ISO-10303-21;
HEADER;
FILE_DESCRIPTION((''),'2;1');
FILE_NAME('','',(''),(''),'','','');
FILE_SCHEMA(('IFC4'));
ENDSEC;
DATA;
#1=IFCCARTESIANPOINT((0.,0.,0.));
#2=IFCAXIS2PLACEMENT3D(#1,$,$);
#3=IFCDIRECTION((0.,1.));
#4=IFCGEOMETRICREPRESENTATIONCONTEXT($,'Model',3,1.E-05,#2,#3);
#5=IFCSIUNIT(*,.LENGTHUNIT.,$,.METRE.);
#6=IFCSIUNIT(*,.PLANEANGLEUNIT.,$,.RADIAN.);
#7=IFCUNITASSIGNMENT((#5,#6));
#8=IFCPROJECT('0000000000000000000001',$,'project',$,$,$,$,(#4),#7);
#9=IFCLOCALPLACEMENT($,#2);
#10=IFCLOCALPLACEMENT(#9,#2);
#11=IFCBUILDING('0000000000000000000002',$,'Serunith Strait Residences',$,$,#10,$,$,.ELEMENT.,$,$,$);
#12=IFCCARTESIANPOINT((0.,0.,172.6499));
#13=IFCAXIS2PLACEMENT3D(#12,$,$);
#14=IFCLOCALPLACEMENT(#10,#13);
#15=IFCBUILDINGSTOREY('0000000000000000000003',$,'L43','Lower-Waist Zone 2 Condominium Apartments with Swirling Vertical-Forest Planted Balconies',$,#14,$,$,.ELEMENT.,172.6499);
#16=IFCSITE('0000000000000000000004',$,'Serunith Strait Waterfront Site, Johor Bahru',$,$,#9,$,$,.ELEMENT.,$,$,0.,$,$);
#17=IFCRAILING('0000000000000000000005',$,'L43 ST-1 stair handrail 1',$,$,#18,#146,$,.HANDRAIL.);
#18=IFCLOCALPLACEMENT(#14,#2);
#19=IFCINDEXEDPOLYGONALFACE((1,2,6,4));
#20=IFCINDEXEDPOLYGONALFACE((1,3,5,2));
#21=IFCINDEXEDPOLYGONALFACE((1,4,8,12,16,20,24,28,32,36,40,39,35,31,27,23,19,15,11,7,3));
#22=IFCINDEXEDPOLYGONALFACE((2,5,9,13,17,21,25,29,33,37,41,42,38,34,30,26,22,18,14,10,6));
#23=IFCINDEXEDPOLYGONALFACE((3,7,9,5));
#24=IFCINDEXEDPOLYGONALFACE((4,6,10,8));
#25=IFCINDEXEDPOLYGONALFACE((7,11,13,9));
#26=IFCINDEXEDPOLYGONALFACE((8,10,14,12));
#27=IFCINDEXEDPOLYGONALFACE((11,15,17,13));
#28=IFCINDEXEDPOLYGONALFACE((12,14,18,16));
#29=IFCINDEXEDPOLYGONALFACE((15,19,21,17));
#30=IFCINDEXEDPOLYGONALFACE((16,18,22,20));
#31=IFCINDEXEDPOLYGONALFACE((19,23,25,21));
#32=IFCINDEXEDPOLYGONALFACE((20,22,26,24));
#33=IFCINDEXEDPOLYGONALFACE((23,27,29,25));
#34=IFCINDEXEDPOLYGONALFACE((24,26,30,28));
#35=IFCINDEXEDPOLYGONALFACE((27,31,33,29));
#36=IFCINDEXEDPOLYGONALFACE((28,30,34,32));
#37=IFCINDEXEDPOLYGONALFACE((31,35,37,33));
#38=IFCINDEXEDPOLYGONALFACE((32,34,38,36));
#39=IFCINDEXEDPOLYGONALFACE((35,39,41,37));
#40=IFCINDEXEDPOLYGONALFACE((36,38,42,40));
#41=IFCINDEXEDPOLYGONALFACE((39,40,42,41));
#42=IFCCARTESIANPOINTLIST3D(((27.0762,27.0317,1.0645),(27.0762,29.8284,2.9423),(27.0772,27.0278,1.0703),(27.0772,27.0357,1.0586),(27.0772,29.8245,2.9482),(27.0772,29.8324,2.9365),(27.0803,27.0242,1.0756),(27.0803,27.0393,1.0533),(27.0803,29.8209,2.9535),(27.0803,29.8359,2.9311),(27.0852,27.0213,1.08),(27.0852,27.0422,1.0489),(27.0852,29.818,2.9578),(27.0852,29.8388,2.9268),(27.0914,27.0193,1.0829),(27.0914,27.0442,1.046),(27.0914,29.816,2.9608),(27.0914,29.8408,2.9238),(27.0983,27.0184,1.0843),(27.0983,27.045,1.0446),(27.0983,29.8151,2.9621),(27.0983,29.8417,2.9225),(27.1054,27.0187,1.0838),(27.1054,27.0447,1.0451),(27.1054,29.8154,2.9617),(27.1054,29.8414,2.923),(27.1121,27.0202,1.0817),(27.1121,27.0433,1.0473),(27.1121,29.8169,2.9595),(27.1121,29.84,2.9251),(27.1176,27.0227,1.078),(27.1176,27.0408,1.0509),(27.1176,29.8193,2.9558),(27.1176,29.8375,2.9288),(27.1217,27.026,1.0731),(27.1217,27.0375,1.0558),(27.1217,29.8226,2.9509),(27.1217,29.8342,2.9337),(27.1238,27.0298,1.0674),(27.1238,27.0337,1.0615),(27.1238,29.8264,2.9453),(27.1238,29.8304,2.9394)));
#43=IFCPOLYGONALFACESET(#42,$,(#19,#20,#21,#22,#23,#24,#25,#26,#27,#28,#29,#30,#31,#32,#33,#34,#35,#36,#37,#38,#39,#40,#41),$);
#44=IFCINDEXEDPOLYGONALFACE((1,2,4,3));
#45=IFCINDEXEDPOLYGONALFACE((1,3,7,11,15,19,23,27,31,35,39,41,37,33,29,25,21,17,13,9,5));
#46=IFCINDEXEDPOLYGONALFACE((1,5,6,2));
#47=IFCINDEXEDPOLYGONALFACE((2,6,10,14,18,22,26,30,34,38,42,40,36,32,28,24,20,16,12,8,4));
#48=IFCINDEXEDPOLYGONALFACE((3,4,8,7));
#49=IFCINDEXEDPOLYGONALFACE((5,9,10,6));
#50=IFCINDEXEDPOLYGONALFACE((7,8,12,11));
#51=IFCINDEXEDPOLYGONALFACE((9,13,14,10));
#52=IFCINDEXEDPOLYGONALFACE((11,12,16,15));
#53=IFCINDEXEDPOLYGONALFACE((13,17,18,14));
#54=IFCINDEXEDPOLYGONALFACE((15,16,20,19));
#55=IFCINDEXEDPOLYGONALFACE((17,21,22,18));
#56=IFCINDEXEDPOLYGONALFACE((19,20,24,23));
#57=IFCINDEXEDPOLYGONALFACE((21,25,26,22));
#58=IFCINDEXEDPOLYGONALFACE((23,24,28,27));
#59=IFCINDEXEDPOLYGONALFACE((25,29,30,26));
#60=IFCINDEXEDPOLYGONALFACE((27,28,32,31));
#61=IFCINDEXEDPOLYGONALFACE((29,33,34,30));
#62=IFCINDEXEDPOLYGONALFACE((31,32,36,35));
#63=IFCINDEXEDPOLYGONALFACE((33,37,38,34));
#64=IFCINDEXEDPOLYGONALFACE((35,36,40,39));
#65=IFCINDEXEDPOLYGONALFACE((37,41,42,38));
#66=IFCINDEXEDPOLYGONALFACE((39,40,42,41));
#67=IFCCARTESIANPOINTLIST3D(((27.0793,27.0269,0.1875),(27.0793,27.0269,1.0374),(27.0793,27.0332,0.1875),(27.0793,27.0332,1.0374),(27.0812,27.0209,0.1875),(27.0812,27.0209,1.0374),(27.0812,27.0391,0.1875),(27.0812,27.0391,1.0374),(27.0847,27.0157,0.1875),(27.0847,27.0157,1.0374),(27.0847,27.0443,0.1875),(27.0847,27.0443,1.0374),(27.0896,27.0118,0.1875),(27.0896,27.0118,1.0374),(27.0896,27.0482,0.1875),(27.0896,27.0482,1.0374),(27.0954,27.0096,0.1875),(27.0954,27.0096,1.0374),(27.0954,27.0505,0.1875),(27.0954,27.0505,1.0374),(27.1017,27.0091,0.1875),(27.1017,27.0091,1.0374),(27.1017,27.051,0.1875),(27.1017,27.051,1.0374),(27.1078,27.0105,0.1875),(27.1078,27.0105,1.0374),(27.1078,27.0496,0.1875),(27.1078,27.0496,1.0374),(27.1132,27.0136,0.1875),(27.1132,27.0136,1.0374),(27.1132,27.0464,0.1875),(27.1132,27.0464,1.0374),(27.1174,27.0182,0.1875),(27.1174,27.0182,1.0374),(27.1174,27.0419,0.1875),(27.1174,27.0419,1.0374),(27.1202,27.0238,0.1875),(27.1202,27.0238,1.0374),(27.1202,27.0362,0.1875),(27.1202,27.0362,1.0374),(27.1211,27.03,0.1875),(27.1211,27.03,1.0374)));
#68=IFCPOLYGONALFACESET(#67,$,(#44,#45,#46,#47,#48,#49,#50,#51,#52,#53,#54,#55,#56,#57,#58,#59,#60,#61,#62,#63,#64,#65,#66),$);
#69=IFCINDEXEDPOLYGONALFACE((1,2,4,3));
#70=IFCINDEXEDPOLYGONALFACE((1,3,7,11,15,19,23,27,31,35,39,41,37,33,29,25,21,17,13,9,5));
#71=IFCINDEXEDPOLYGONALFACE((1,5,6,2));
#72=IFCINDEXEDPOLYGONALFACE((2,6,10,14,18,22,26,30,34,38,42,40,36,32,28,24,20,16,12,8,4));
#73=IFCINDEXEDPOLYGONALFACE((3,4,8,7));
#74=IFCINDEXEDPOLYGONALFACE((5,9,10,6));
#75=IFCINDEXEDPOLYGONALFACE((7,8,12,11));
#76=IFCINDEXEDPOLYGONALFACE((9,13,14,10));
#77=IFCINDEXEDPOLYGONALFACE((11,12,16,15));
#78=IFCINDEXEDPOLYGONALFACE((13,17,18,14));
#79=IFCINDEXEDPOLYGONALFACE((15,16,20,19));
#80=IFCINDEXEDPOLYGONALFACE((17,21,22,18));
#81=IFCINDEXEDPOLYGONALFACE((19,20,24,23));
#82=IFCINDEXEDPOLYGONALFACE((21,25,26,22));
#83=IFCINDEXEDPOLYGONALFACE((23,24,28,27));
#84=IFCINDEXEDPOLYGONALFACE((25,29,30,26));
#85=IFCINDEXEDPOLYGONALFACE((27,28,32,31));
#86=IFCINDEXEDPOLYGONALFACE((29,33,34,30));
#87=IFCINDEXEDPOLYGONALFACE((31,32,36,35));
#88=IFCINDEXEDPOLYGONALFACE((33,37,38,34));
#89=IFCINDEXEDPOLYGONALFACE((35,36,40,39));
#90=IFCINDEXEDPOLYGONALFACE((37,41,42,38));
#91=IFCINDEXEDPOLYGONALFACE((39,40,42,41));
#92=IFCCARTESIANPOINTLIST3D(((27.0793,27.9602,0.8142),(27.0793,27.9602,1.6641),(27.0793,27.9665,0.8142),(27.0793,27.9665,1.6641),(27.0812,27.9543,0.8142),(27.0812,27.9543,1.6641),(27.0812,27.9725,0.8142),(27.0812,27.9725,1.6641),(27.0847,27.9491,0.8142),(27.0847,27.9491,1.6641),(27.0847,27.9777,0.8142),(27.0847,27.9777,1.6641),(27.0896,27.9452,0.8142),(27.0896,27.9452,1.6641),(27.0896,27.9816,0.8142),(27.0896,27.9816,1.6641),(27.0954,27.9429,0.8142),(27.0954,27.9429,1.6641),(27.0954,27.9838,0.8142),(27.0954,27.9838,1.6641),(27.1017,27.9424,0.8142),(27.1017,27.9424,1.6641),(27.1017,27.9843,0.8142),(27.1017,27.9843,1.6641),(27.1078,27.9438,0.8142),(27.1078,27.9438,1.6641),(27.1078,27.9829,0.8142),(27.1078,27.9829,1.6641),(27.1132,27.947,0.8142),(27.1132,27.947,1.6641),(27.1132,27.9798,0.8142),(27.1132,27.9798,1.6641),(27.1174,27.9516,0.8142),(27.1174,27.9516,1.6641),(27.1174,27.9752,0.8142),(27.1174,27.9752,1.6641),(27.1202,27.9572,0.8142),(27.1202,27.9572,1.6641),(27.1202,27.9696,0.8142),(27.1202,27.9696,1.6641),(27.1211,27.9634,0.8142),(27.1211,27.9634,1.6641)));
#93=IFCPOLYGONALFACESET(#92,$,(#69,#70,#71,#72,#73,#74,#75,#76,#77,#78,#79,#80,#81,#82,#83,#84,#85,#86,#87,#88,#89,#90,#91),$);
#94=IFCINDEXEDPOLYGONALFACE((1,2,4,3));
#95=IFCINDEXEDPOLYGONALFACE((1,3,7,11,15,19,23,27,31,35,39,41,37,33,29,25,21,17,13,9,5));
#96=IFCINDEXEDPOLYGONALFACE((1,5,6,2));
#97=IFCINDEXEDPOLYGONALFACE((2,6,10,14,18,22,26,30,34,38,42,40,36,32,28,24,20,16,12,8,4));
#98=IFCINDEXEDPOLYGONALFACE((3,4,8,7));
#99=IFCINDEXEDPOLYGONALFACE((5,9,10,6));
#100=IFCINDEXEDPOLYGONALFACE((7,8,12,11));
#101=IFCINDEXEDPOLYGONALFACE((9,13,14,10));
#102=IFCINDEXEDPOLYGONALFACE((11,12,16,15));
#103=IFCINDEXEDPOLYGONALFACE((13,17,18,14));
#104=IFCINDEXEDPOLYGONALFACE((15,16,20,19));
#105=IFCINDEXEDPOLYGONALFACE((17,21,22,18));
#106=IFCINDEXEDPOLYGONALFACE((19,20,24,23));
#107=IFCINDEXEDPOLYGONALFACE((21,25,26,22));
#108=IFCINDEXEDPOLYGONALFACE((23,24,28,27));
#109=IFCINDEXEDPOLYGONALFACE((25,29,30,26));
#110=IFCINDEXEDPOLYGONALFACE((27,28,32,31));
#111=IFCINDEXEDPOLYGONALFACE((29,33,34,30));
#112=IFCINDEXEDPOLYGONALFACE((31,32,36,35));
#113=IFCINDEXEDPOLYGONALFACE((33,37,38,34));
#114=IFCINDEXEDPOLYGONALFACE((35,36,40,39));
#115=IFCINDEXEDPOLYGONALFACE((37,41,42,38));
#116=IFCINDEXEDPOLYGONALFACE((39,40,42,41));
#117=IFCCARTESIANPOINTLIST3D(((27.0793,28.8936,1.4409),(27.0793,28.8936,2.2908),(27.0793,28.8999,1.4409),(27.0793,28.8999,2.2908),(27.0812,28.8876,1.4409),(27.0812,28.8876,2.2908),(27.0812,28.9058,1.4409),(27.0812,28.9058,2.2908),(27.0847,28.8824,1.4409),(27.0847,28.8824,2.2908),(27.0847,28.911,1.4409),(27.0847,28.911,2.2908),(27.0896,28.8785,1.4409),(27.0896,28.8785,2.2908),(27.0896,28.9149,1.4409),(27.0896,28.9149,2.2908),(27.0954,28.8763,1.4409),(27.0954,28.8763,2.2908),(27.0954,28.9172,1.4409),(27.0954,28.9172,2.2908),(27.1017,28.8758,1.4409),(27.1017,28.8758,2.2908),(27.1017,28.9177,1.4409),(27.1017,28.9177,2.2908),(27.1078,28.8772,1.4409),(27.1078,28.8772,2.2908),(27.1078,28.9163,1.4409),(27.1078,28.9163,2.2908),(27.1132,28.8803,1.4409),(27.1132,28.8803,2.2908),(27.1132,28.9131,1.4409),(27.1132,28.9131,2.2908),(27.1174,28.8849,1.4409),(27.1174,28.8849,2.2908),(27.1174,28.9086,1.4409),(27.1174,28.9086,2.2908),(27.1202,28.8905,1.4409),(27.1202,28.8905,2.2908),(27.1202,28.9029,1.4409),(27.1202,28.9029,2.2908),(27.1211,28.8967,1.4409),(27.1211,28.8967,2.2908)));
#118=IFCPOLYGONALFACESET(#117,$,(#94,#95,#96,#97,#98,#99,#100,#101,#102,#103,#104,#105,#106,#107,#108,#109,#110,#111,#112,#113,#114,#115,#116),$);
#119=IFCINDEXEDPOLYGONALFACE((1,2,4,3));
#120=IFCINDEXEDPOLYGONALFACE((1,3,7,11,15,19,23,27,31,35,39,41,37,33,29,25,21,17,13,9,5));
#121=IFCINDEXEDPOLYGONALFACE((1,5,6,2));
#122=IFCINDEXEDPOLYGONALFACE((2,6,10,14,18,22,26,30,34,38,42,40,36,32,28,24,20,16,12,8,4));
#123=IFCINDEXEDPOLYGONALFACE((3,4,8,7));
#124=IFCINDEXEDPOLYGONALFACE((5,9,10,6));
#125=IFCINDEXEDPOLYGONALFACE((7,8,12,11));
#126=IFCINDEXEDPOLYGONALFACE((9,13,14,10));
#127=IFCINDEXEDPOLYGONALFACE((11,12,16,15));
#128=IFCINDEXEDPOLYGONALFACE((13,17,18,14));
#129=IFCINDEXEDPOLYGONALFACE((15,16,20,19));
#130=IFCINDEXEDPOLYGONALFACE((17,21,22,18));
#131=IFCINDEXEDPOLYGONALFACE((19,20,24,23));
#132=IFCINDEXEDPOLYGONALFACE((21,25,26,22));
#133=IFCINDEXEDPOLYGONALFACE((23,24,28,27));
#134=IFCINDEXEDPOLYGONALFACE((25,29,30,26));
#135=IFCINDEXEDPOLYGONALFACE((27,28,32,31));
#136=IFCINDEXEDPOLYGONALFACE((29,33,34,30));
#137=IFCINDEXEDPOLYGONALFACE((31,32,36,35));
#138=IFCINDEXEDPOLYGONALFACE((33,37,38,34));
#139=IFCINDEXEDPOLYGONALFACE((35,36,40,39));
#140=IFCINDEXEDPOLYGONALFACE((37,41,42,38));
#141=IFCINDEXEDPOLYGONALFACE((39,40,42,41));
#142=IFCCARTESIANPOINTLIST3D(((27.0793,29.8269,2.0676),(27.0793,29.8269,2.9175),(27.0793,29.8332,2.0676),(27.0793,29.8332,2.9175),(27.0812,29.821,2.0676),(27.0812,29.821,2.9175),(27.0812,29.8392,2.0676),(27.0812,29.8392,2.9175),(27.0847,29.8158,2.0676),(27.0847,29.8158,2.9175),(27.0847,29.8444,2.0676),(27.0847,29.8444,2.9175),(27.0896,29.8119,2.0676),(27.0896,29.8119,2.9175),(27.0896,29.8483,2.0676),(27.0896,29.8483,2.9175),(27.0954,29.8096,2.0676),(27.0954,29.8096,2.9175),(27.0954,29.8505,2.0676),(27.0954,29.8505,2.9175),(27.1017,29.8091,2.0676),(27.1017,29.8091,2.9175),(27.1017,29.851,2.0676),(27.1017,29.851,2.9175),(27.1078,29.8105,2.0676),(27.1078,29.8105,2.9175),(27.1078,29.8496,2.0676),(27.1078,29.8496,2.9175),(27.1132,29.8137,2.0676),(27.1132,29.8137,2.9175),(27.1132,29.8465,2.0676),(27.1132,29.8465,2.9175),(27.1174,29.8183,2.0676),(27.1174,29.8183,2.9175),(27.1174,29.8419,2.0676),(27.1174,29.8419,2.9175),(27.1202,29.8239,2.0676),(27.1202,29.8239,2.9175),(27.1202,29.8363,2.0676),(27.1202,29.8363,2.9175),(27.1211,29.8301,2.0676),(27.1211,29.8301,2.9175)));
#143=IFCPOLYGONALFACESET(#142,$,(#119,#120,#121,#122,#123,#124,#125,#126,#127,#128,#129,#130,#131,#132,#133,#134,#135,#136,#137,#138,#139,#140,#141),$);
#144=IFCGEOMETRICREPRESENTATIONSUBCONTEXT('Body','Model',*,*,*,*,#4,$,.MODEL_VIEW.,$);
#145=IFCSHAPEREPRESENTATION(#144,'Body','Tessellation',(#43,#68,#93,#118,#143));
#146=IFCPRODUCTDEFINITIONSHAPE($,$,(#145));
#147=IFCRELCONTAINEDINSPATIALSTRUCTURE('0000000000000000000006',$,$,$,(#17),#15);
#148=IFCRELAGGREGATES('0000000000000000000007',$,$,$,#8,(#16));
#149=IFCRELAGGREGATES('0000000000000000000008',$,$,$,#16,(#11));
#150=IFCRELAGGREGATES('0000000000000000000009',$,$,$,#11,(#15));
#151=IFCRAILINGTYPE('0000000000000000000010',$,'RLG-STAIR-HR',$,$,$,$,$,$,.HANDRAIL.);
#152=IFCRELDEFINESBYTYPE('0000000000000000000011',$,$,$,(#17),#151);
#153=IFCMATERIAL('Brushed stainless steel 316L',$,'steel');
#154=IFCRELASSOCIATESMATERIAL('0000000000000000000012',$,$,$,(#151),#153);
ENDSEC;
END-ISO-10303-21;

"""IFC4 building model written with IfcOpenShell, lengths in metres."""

from ifc_helpers import new_model, si_unit, direction, frame, origin, origin_2d, place, context, subcontext, project, spatial, circle, extrude, material, type_object, element, save


model = new_model("IFC4")

# Units and contexts
model_context = context("Model", 3, precision=1e-05, world=origin(), true_north=direction((0.0, 1.0)))
body_context = subcontext(model_context, "Body", "Model", "MODEL_VIEW")
ifc_project = project(units=[si_unit("LENGTHUNIT", "METRE"), si_unit("PLANEANGLEUNIT", "RADIAN")], contexts=[model_context])

# Site, building, storey
site_placement = place(None, origin())
site = spatial("IfcSite", under=ifc_project, at=site_placement, Name="Serunith Strait Waterfront Site, Johor Bahru", CompositionType="ELEMENT", RefElevation=0.0)
building_placement = place(site_placement, origin())
building = spatial("IfcBuilding", under=site, at=building_placement, Name="Serunith Strait Residences", CompositionType="ELEMENT")
storey_placement = place(building_placement, frame((0.0, 0.0, 172.6499)))
storey = spatial("IfcBuildingStorey", under=building, at=storey_placement, Name="L43", Description="Lower-Waist Zone 2 Condominium Apartments with Swirling Vertical-Forest Planted Balconies", CompositionType="ELEMENT", Elevation=172.6499)

# Railing
ifc_material_1 = material(Name="Brushed stainless steel 316L", Category="steel")
railing_type_1 = type_object("IfcRailingType", Name="RLG-STAIR-HR", PredefinedType="HANDRAIL", material=ifc_material_1)
railing_1_placement = place(storey_placement, frame((27.1001, 27.03, 0.1875)))
element("IfcRailing", 1, at=railing_1_placement, inside=storey, type_object=railing_type_1, Name="L43 ST-1 stair handrail 1", PredefinedType="HANDRAIL", context=body_context, shape_type="SweptSolid", body=[
    extrude(circle(Radius=0.0239, at=origin_2d()), frame((0.0, 0.0017, 0.877), z_axis=(0.0, 0.830208, 0.557453), x_axis=(-1.0, 0.0, 0.0)), (0.0, 0.0, 1.0), 3.3687),
    extrude(circle(Radius=0.021, at=origin_2d()), origin(), (0.0, 0.0, 1.0), 0.8499),
    extrude(circle(Radius=0.021, at=origin_2d()), frame((0.0, 0.9333, 0.6267)), (0.0, 0.0, 1.0), 0.8499),
    extrude(circle(Radius=0.021, at=origin_2d()), frame((0.0, 1.8667, 1.2534)), (0.0, 0.0, 1.0), 0.8499),
    extrude(circle(Radius=0.021, at=origin_2d()), frame((0.0, 2.8, 1.8801)), (0.0, 0.0, 1.0), 0.8499),
])

save(model, "model.ifc")
